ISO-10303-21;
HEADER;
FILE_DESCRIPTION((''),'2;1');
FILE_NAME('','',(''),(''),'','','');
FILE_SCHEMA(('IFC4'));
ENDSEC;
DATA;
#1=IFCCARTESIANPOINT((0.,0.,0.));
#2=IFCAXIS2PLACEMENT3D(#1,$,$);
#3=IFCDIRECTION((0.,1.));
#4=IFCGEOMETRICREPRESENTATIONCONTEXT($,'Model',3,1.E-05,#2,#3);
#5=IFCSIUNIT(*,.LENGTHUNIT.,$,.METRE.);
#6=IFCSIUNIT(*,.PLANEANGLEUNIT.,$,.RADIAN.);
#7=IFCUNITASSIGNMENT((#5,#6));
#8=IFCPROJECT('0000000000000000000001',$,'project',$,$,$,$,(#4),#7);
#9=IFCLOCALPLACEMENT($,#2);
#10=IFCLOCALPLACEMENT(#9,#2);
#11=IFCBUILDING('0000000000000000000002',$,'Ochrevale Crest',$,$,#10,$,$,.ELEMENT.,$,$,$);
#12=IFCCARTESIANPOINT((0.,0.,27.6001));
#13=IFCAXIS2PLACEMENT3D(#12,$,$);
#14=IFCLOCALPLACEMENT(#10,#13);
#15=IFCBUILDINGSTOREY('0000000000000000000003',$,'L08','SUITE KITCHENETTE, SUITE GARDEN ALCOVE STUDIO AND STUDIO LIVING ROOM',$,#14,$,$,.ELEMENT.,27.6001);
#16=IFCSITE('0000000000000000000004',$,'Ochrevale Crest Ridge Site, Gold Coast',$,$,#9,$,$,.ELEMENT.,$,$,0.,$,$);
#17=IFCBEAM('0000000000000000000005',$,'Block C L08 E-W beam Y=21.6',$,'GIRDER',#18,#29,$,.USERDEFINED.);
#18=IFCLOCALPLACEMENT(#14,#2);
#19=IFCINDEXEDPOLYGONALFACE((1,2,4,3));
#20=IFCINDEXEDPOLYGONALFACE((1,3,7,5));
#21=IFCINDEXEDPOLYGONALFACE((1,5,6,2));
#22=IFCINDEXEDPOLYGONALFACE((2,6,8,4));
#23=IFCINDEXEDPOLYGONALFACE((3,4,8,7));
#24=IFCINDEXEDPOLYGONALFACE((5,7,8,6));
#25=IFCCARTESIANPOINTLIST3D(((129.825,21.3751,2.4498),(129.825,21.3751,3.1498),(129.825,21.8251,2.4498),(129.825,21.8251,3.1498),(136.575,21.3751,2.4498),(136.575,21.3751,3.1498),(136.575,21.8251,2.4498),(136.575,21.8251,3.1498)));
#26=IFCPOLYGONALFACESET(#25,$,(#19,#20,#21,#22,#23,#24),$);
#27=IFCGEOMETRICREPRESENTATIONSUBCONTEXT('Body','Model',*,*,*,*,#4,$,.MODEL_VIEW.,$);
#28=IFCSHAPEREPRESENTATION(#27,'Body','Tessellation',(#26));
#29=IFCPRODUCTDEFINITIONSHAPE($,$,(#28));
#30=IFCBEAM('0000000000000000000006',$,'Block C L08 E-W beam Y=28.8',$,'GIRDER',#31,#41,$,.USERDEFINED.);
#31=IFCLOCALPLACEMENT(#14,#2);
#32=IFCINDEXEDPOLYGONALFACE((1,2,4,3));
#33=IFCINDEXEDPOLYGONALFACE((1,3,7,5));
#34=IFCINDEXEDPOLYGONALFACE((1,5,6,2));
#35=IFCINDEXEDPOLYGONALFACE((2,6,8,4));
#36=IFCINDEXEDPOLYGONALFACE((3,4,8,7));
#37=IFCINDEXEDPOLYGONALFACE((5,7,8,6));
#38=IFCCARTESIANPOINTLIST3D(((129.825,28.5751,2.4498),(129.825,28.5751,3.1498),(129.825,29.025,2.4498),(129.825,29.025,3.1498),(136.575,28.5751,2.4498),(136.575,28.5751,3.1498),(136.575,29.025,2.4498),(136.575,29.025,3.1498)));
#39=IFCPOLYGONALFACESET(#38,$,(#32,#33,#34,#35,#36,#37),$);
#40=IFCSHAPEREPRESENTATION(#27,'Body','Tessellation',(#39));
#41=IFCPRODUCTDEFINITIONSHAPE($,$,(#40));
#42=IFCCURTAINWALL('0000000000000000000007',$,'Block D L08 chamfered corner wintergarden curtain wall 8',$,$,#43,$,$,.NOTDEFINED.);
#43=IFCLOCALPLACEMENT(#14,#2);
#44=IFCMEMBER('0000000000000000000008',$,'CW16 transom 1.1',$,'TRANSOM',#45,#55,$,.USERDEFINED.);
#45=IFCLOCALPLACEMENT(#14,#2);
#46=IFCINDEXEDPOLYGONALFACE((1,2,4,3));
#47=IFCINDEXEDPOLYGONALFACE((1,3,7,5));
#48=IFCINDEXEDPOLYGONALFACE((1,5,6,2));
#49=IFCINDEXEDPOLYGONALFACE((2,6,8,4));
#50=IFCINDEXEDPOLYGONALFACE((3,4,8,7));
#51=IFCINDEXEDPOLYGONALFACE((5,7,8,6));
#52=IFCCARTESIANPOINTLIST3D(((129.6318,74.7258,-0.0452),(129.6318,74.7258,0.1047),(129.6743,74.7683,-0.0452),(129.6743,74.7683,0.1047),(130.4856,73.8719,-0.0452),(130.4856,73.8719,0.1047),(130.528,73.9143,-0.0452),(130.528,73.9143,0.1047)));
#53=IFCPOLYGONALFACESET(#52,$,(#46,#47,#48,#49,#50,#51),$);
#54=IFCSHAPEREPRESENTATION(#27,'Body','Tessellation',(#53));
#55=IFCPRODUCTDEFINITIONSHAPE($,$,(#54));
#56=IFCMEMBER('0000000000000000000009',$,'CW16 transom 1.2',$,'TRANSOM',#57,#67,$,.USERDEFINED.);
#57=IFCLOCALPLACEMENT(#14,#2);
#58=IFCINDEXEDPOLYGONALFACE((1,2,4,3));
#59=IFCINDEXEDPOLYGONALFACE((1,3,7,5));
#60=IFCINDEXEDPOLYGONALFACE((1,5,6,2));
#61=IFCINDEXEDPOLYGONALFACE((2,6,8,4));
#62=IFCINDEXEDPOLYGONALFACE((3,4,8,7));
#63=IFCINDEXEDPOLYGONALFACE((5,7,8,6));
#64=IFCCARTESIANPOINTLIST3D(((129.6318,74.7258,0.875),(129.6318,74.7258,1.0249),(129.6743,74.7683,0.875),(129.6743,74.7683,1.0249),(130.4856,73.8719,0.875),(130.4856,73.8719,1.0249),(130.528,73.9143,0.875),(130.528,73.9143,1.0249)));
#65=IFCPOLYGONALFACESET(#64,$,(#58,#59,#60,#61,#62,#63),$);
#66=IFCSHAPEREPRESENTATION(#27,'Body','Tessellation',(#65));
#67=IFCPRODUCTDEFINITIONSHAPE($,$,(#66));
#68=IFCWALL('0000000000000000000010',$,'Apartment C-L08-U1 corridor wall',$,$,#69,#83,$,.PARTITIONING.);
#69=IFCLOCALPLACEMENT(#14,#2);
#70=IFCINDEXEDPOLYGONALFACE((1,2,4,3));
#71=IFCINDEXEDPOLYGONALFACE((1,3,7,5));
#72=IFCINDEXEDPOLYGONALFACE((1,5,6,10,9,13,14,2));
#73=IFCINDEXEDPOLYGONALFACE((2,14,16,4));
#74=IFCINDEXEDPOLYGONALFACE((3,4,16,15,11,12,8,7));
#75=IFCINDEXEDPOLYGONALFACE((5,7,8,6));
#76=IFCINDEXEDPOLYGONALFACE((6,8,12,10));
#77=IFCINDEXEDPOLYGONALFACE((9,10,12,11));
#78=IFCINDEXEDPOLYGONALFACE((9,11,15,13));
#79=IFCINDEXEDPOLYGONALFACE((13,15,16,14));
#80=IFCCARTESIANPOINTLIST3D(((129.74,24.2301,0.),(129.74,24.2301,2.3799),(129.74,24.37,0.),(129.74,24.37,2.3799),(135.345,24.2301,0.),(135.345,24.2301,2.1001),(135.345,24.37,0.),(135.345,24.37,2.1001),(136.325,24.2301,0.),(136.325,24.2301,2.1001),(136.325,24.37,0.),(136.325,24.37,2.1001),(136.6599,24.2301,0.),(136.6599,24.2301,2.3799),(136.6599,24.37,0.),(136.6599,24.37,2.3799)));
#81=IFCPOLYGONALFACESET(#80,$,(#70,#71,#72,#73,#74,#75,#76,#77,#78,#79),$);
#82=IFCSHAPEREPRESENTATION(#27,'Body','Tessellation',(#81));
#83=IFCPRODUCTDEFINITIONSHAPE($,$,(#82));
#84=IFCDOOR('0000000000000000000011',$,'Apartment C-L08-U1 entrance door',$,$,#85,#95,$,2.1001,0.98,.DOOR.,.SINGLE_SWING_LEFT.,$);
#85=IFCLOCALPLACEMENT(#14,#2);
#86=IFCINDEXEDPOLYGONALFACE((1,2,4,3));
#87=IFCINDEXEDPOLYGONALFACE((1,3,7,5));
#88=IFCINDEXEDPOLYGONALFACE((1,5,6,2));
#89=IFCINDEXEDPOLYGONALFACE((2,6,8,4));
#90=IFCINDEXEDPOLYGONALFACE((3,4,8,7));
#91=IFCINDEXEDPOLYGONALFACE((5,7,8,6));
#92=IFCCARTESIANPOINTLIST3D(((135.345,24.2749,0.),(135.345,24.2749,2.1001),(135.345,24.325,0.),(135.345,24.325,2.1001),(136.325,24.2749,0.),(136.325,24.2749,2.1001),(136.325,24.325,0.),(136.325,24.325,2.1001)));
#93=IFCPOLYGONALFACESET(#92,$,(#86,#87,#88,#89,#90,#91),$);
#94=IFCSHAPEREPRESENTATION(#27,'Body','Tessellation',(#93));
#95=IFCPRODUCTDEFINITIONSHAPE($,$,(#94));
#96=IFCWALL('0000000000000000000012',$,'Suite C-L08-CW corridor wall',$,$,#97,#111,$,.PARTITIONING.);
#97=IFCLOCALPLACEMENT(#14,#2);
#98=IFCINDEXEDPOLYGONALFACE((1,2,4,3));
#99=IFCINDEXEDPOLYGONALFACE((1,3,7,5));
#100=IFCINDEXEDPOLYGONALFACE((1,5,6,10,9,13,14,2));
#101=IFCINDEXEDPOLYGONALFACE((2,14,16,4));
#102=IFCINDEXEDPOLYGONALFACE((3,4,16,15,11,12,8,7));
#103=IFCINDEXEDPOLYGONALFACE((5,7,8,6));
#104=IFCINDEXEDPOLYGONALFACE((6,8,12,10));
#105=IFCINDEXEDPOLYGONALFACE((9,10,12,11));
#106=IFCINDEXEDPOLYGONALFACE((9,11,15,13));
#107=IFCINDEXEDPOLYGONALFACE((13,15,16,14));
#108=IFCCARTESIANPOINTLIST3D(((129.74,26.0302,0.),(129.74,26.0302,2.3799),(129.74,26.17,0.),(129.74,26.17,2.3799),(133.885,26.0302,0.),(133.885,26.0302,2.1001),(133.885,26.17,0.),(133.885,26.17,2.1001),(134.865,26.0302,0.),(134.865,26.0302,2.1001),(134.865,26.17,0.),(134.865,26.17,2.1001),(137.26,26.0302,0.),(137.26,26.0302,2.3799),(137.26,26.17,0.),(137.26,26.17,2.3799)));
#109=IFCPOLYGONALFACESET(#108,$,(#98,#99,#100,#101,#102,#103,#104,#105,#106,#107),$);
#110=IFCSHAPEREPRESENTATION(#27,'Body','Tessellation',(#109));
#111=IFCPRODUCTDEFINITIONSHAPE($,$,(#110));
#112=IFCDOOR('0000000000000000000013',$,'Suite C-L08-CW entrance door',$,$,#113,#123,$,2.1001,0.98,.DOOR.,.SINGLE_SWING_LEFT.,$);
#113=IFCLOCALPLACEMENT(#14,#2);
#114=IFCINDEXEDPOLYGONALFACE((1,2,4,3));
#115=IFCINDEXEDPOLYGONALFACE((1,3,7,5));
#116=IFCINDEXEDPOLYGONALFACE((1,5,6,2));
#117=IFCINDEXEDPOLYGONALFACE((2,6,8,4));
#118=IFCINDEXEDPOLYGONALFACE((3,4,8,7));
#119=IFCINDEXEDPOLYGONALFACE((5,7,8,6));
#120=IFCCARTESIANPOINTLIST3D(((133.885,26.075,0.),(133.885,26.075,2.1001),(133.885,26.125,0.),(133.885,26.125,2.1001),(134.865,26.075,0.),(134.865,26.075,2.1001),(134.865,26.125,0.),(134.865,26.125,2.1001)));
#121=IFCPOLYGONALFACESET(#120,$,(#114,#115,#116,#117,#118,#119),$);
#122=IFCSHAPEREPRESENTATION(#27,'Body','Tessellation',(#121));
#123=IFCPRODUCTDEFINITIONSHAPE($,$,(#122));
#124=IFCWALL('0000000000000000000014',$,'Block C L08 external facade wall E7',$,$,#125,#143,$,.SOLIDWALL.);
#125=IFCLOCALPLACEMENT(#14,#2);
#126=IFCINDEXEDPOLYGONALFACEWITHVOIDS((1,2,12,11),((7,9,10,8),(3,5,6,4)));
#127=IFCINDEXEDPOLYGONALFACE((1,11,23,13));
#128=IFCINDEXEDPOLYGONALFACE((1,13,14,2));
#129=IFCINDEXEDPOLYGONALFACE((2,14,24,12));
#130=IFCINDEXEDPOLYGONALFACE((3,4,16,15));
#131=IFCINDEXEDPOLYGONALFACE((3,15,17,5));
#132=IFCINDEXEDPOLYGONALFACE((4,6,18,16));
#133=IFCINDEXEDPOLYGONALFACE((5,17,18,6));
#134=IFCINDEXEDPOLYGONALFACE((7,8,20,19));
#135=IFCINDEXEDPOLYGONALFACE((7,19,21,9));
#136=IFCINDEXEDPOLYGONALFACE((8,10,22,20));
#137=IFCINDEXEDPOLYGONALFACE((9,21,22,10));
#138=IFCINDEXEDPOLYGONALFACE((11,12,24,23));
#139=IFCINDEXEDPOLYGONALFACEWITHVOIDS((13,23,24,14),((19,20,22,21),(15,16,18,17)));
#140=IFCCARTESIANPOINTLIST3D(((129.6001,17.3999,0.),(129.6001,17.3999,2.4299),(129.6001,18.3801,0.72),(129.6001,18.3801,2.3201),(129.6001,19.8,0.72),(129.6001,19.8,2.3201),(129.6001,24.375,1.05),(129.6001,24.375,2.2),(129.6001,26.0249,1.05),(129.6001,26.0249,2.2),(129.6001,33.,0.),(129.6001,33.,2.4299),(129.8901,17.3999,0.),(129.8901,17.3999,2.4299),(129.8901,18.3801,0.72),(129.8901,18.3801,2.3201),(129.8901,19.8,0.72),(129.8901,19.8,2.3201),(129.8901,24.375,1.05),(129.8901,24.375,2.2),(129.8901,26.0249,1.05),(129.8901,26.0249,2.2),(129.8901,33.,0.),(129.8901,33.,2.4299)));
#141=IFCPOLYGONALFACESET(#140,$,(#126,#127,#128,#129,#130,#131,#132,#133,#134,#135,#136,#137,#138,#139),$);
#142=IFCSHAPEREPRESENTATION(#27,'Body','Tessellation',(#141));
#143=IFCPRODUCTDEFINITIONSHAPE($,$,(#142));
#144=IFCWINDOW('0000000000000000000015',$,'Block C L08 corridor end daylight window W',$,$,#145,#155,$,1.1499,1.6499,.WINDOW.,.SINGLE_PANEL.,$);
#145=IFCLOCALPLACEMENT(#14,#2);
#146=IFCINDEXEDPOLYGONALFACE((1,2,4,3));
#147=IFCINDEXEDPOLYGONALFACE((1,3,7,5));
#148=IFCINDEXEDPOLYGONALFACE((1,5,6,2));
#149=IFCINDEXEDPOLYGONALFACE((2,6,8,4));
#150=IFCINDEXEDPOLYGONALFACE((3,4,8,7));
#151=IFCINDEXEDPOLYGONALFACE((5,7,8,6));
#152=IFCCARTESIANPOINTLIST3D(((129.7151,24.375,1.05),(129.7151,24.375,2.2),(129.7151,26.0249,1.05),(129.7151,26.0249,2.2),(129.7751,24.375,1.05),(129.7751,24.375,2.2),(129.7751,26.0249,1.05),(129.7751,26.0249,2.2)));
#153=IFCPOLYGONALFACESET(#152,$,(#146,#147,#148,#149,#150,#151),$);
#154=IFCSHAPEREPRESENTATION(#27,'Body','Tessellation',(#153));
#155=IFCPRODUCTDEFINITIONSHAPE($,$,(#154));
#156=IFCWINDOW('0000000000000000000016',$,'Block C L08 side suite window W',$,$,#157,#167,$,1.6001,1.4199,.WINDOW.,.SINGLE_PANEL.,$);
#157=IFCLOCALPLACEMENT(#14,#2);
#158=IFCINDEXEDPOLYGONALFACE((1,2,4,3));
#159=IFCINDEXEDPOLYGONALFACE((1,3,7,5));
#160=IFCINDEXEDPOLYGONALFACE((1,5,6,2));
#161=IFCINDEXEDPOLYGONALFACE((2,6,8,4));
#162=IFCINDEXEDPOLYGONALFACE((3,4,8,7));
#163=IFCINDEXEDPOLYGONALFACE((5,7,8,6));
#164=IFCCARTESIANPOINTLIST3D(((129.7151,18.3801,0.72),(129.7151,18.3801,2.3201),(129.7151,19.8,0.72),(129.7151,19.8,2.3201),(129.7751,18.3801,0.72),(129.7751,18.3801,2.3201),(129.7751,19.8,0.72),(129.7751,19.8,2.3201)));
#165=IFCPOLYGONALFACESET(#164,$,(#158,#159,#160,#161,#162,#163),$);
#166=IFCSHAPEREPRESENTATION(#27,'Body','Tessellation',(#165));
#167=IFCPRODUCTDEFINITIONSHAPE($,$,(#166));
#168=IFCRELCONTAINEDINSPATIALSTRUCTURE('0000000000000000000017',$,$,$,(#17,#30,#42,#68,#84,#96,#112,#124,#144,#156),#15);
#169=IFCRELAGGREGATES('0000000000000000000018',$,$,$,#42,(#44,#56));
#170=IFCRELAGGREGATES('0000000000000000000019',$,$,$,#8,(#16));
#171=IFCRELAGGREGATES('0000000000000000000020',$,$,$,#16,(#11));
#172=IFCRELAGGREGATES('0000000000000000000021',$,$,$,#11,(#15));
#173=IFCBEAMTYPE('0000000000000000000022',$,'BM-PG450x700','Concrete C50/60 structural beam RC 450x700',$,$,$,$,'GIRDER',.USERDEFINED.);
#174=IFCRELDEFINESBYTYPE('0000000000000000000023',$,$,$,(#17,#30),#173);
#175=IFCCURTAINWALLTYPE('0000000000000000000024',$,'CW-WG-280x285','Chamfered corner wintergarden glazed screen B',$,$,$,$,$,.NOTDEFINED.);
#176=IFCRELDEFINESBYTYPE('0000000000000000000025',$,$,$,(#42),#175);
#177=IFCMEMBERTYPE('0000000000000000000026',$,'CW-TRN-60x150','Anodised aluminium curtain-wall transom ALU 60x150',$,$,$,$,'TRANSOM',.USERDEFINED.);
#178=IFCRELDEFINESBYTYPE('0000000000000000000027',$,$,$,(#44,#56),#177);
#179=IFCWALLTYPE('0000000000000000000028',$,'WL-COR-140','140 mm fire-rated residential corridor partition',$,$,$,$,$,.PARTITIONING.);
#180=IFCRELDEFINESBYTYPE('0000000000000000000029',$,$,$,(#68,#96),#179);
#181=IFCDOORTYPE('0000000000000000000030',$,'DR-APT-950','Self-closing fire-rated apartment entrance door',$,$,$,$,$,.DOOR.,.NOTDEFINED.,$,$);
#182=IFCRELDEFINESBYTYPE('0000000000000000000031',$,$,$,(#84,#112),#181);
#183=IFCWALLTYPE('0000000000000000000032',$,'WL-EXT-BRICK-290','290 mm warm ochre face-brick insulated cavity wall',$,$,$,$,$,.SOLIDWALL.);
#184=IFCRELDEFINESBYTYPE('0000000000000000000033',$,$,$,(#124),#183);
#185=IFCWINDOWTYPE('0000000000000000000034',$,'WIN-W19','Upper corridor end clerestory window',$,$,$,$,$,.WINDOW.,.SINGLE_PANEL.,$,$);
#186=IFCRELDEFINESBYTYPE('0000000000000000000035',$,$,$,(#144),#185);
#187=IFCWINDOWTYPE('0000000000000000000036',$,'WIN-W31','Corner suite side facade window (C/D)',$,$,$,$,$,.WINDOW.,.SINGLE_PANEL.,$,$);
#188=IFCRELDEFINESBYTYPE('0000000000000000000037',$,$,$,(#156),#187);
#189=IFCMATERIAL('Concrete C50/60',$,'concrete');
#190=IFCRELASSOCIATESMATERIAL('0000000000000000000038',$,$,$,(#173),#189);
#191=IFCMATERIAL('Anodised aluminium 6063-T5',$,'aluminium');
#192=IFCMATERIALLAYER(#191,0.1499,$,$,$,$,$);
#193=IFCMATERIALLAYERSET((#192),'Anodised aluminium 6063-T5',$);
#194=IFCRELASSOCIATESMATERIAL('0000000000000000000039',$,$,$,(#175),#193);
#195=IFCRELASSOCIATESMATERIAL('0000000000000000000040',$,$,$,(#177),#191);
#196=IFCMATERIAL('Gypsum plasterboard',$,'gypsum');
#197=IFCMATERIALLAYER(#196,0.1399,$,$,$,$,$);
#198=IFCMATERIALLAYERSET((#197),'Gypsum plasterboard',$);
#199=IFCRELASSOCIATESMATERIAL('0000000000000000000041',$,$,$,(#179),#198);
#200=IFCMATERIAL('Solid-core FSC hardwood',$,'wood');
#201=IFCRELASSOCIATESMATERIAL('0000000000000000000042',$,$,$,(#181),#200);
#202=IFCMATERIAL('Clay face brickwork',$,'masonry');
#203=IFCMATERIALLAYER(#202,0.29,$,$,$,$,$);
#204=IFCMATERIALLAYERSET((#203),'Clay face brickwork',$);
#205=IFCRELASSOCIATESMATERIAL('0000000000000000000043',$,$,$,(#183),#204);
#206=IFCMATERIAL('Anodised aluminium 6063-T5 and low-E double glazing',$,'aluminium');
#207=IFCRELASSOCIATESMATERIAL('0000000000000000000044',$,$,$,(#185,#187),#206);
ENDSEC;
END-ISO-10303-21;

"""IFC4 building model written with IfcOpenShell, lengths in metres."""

from ifc_helpers import new_model, si_unit, direction, frame, frame_2d, origin, origin_2d, place, context, subcontext, project, spatial, rectangle, extrude, material, layer, layer_set, material_profile, profile_set, type_object, element, fill, aggregate, save


model = new_model("IFC4")

# Units and contexts
model_context = context("Model", 3, precision=1e-05, world=origin(), true_north=direction((0.0, 1.0)))
body_context = subcontext(model_context, "Body", "Model", "MODEL_VIEW")
ifc_project = project(units=[si_unit("LENGTHUNIT", "METRE"), si_unit("PLANEANGLEUNIT", "RADIAN")], contexts=[model_context])

# Site, building, storey
site_placement = place(None, origin())
site = spatial("IfcSite", under=ifc_project, at=site_placement, Name="Ochrevale Crest Ridge Site, Gold Coast", CompositionType="ELEMENT", RefElevation=0.0)
building_placement = place(site_placement, origin())
building = spatial("IfcBuilding", under=site, at=building_placement, Name="Ochrevale Crest", CompositionType="ELEMENT")
storey_placement = place(building_placement, frame((0.0, 0.0, 27.6001)))
storey = spatial("IfcBuildingStorey", under=building, at=storey_placement, Name="L08", Description="SUITE KITCHENETTE, SUITE GARDEN ALCOVE STUDIO AND STUDIO LIVING ROOM", CompositionType="ELEMENT", Elevation=27.6001)

# Beams
ifc_material_1 = material(Name="Concrete C50/60", Category="concrete")
ifc_material_profile_1 = material_profile(ifc_material_1, rectangle(XDim=0.45, YDim=0.7, at=origin_2d()), Name="RC 450x700")
ifc_profile_set_1 = profile_set([ifc_material_profile_1], Name="Concrete C50/60")
beam_type = type_object("IfcBeamType", Name="BM-PG450x700", Description="Concrete C50/60 structural beam RC 450x700", ElementType="GIRDER", PredefinedType="USERDEFINED", material=ifc_profile_set_1)
for number, where, z_axis, x_axis, name in (
    (1, (129.825, 21.6001, 2.7998), (1.0, 0.0, 0.0), (0.0, 1.0, 0.0), "Block C L08 E-W beam Y=21.6"),
    (2, (129.825, 28.8, 2.7998), (1.0, 0.0, 0.0), (0.0, 1.0, 0.0), "Block C L08 E-W beam Y=28.8"),
):
    element("IfcBeam", number, at=place(storey_placement, frame(where, z_axis=z_axis, x_axis=x_axis)), inside=storey, type_object=beam_type, Name=name, ObjectType="GIRDER", PredefinedType="USERDEFINED", context=body_context, shape_type="SweptSolid", body=[
        extrude(rectangle(XDim=0.45, YDim=0.7, at=origin_2d()), origin(), (0.0, 0.0, 1.0), 6.75),
    ])

# Curtain wall, members
ifc_material_2 = material(Name="Anodised aluminium 6063-T5", Category="aluminium")
ifc_layer_1 = layer(ifc_material_2, 0.1499)
ifc_layer_set_1 = layer_set([ifc_layer_1], Name="Anodised aluminium 6063-T5")
curtain_wall_type = type_object("IfcCurtainWallType", Name="CW-WG-280x285", Description="Chamfered corner wintergarden glazed screen B", PredefinedType="NOTDEFINED", material=ifc_layer_set_1)
curtain_wall_placement = place(storey_placement, origin())
curtain_wall = element("IfcCurtainWall", 3, at=curtain_wall_placement, inside=storey, type_object=curtain_wall_type, Name="Block D L08 chamfered corner wintergarden curtain wall 8", PredefinedType="NOTDEFINED")
ifc_material_profile_2 = material_profile(ifc_material_2, rectangle(XDim=0.0601, YDim=0.1499, at=origin_2d()), Name="ALU 60x150")
ifc_profile_set_2 = profile_set([ifc_material_profile_2], Name="Anodised aluminium 6063-T5")
member_type = type_object("IfcMemberType", Name="CW-TRN-60x150", Description="Anodised aluminium curtain-wall transom ALU 60x150", ElementType="TRANSOM", PredefinedType="USERDEFINED", material=ifc_profile_set_2)
member_1_placement = place(storey_placement, frame((129.6531, 74.7471, 0.0298), z_axis=(0.707006, -0.707208, 0.0), x_axis=(0.707208, 0.707006, 0.0)))
member_1 = element("IfcMember", 4, at=member_1_placement, type_object=member_type, Name="CW16 transom 1.1", ObjectType="TRANSOM", PredefinedType="USERDEFINED", context=body_context, shape_type="SweptSolid", body=[
    extrude(rectangle(XDim=0.0601, YDim=0.1499, at=origin_2d()), origin(), (0.0, 0.0, 1.0), 1.2075),
])
member_2_placement = place(storey_placement, frame((129.6531, 74.7471, 0.95), z_axis=(0.707006, -0.707208, 0.0), x_axis=(0.707208, 0.707006, 0.0)))
member_2 = element("IfcMember", 5, at=member_2_placement, type_object=member_type, Name="CW16 transom 1.2", ObjectType="TRANSOM", PredefinedType="USERDEFINED", context=body_context, shape_type="SweptSolid", body=[
    extrude(rectangle(XDim=0.0601, YDim=0.1499, at=origin_2d()), origin(), (0.0, 0.0, 1.0), 1.2075),
])
aggregate(curtain_wall, [member_1, member_2])

# Walls, openings, doors
ifc_material_3 = material(Name="Gypsum plasterboard", Category="gypsum")
ifc_layer_2 = layer(ifc_material_3, 0.1399)
ifc_layer_set_2 = layer_set([ifc_layer_2], Name="Gypsum plasterboard")
wall_type_1 = type_object("IfcWallType", Name="WL-COR-140", Description="140 mm fire-rated residential corridor partition", PredefinedType="PARTITIONING", material=ifc_layer_set_2)
wall_1_placement = place(storey_placement, frame((129.74, 24.3, 0.0), z_axis=(0.0, 0.0, 1.0), x_axis=(1.0, 0.0, 0.0)))
wall_1 = element("IfcWall", 6, at=wall_1_placement, inside=storey, type_object=wall_type_1, Name="Apartment C-L08-U1 corridor wall", PredefinedType="PARTITIONING", context=body_context, shape_type="SweptSolid", body=[
    extrude(rectangle(XDim=6.9199, YDim=0.1399, at=frame_2d((3.46, 0.0))), origin(), (0.0, 0.0, 1.0), 2.3799),
])
opening_1_placement = place(wall_1_placement, frame((5.605, 0.0, 0.0)))
opening_1 = element("IfcOpeningElement", 7, at=opening_1_placement, cuts=wall_1, PredefinedType="OPENING", context=body_context, shape_type="SweptSolid", body=[
    extrude(rectangle(XDim=0.98, YDim=2.1001, at=frame_2d((0.49, 1.05))), frame((0.0, 0.0801, 0.0), z_axis=(0.0, -1.0, 0.0), x_axis=(1.0, 0.0, 0.0)), (0.0, 0.0, 1.0), 0.1599),
])
ifc_material_4 = material(Name="Solid-core FSC hardwood", Category="wood")
door_type_1 = type_object("IfcDoorType", Name="DR-APT-950", Description="Self-closing fire-rated apartment entrance door", OperationType="NOTDEFINED", PredefinedType="DOOR", material=ifc_material_4)
door_1_placement = place(opening_1_placement, origin())
door_1 = element("IfcDoor", 8, at=door_1_placement, inside=storey, type_object=door_type_1, Name="Apartment C-L08-U1 entrance door", OperationType="SINGLE_SWING_LEFT", OverallHeight=2.1001, OverallWidth=0.98, PredefinedType="DOOR", context=body_context, shape_type="SweptSolid", body=[
    extrude(rectangle(XDim=0.98, YDim=2.1001, at=frame_2d((0.49, 1.05))), frame((0.0, 0.0249, 0.0), z_axis=(0.0, -1.0, 0.0), x_axis=(1.0, 0.0, 0.0)), (0.0, 0.0, 1.0), 0.05),
])
fill(opening_1, door_1)
wall_2_placement = place(storey_placement, frame((129.74, 26.1001, 0.0), z_axis=(0.0, 0.0, 1.0), x_axis=(1.0, 0.0, 0.0)))
wall_2 = element("IfcWall", 9, at=wall_2_placement, inside=storey, type_object=wall_type_1, Name="Suite C-L08-CW corridor wall", PredefinedType="PARTITIONING", context=body_context, shape_type="SweptSolid", body=[
    extrude(rectangle(XDim=7.52, YDim=0.1399, at=frame_2d((3.76, 0.0))), origin(), (0.0, 0.0, 1.0), 2.3799),
])
opening_2_placement = place(wall_2_placement, frame((4.145, 0.0, 0.0)))
opening_2 = element("IfcOpeningElement", 10, at=opening_2_placement, cuts=wall_2, PredefinedType="OPENING", context=body_context, shape_type="SweptSolid", body=[
    extrude(rectangle(XDim=0.98, YDim=2.1001, at=frame_2d((0.49, 1.05))), frame((0.0, 0.0801, 0.0), z_axis=(0.0, -1.0, 0.0), x_axis=(1.0, 0.0, 0.0)), (0.0, 0.0, 1.0), 0.1599),
])
door_2_placement = place(opening_2_placement, origin())
door_2 = element("IfcDoor", 11, at=door_2_placement, inside=storey, type_object=door_type_1, Name="Suite C-L08-CW entrance door", OperationType="SINGLE_SWING_LEFT", OverallHeight=2.1001, OverallWidth=0.98, PredefinedType="DOOR", context=body_context, shape_type="SweptSolid", body=[
    extrude(rectangle(XDim=0.98, YDim=2.1001, at=frame_2d((0.49, 1.05))), frame((0.0, 0.0249, 0.0), z_axis=(0.0, -1.0, 0.0), x_axis=(1.0, 0.0, 0.0)), (0.0, 0.0, 1.0), 0.05),
])
fill(opening_2, door_2)

# Wall, openings, windows
ifc_material_5 = material(Name="Clay face brickwork", Category="masonry")
ifc_layer_3 = layer(ifc_material_5, 0.29)
ifc_layer_set_3 = layer_set([ifc_layer_3], Name="Clay face brickwork")
wall_type_2 = type_object("IfcWallType", Name="WL-EXT-BRICK-290", Description="290 mm warm ochre face-brick insulated cavity wall", PredefinedType="SOLIDWALL", material=ifc_layer_set_3)
wall_3_placement = place(storey_placement, frame((129.7451, 33.0, 0.0), z_axis=(0.0, 0.0, 1.0), x_axis=(0.0, -1.0, 0.0)))
wall_3 = element("IfcWall", 12, at=wall_3_placement, inside=storey, type_object=wall_type_2, Name="Block C L08 external facade wall E7", PredefinedType="SOLIDWALL", context=body_context, shape_type="SweptSolid", body=[
    extrude(rectangle(XDim=15.6001, YDim=0.29, at=frame_2d((7.8, 0.0))), origin(), (0.0, 0.0, 1.0), 2.4299),
])
opening_3_placement = place(wall_3_placement, frame((6.9751, 0.0, 1.05)))
opening_3 = element("IfcOpeningElement", 13, at=opening_3_placement, cuts=wall_3, PredefinedType="OPENING", context=body_context, shape_type="SweptSolid", body=[
    extrude(rectangle(XDim=1.6499, YDim=1.1499, at=frame_2d((0.825, 0.575))), frame((0.0, 0.155, 0.0), z_axis=(0.0, -1.0, 0.0), x_axis=(1.0, 0.0, 0.0)), (0.0, 0.0, 1.0), 0.3101),
])
opening_4_placement = place(wall_3_placement, frame((13.2, 0.0, 0.72)))
opening_4 = element("IfcOpeningElement", 14, at=opening_4_placement, cuts=wall_3, PredefinedType="OPENING", context=body_context, shape_type="SweptSolid", body=[
    extrude(rectangle(XDim=1.4199, YDim=1.6001, at=frame_2d((0.71, 0.8))), frame((0.0, 0.155, 0.0), z_axis=(0.0, -1.0, 0.0), x_axis=(1.0, 0.0, 0.0)), (0.0, 0.0, 1.0), 0.3101),
])
ifc_material_6 = material(Name="Anodised aluminium 6063-T5 and low-E double glazing", Category="aluminium")
window_type_1 = type_object("IfcWindowType", Name="WIN-W19", Description="Upper corridor end clerestory window", PartitioningType="SINGLE_PANEL", PredefinedType="WINDOW", material=ifc_material_6)
window_1_placement = place(opening_3_placement, origin())
window_1 = element("IfcWindow", 15, at=window_1_placement, inside=storey, type_object=window_type_1, Name="Block C L08 corridor end daylight window W", OverallHeight=1.1499, OverallWidth=1.6499, PartitioningType="SINGLE_PANEL", PredefinedType="WINDOW", context=body_context, shape_type="SweptSolid", body=[
    extrude(rectangle(XDim=1.6499, YDim=1.1499, at=frame_2d((0.825, 0.575))), frame((0.0, 0.03, 0.0), z_axis=(0.0, -1.0, 0.0), x_axis=(1.0, 0.0, 0.0)), (0.0, 0.0, 1.0), 0.0601),
])
fill(opening_3, window_1)
window_type_2 = type_object("IfcWindowType", Name="WIN-W31", Description="Corner suite side facade window (C/D)", PartitioningType="SINGLE_PANEL", PredefinedType="WINDOW", material=ifc_material_6)
window_2_placement = place(opening_4_placement, origin())
window_2 = element("IfcWindow", 16, at=window_2_placement, inside=storey, type_object=window_type_2, Name="Block C L08 side suite window W", OverallHeight=1.6001, OverallWidth=1.4199, PartitioningType="SINGLE_PANEL", PredefinedType="WINDOW", context=body_context, shape_type="SweptSolid", body=[
    extrude(rectangle(XDim=1.4199, YDim=1.6001, at=frame_2d((0.71, 0.8))), frame((0.0, 0.03, 0.0), z_axis=(0.0, -1.0, 0.0), x_axis=(1.0, 0.0, 0.0)), (0.0, 0.0, 1.0), 0.0601),
])
fill(opening_4, window_2)

save(model, "model.ifc")
